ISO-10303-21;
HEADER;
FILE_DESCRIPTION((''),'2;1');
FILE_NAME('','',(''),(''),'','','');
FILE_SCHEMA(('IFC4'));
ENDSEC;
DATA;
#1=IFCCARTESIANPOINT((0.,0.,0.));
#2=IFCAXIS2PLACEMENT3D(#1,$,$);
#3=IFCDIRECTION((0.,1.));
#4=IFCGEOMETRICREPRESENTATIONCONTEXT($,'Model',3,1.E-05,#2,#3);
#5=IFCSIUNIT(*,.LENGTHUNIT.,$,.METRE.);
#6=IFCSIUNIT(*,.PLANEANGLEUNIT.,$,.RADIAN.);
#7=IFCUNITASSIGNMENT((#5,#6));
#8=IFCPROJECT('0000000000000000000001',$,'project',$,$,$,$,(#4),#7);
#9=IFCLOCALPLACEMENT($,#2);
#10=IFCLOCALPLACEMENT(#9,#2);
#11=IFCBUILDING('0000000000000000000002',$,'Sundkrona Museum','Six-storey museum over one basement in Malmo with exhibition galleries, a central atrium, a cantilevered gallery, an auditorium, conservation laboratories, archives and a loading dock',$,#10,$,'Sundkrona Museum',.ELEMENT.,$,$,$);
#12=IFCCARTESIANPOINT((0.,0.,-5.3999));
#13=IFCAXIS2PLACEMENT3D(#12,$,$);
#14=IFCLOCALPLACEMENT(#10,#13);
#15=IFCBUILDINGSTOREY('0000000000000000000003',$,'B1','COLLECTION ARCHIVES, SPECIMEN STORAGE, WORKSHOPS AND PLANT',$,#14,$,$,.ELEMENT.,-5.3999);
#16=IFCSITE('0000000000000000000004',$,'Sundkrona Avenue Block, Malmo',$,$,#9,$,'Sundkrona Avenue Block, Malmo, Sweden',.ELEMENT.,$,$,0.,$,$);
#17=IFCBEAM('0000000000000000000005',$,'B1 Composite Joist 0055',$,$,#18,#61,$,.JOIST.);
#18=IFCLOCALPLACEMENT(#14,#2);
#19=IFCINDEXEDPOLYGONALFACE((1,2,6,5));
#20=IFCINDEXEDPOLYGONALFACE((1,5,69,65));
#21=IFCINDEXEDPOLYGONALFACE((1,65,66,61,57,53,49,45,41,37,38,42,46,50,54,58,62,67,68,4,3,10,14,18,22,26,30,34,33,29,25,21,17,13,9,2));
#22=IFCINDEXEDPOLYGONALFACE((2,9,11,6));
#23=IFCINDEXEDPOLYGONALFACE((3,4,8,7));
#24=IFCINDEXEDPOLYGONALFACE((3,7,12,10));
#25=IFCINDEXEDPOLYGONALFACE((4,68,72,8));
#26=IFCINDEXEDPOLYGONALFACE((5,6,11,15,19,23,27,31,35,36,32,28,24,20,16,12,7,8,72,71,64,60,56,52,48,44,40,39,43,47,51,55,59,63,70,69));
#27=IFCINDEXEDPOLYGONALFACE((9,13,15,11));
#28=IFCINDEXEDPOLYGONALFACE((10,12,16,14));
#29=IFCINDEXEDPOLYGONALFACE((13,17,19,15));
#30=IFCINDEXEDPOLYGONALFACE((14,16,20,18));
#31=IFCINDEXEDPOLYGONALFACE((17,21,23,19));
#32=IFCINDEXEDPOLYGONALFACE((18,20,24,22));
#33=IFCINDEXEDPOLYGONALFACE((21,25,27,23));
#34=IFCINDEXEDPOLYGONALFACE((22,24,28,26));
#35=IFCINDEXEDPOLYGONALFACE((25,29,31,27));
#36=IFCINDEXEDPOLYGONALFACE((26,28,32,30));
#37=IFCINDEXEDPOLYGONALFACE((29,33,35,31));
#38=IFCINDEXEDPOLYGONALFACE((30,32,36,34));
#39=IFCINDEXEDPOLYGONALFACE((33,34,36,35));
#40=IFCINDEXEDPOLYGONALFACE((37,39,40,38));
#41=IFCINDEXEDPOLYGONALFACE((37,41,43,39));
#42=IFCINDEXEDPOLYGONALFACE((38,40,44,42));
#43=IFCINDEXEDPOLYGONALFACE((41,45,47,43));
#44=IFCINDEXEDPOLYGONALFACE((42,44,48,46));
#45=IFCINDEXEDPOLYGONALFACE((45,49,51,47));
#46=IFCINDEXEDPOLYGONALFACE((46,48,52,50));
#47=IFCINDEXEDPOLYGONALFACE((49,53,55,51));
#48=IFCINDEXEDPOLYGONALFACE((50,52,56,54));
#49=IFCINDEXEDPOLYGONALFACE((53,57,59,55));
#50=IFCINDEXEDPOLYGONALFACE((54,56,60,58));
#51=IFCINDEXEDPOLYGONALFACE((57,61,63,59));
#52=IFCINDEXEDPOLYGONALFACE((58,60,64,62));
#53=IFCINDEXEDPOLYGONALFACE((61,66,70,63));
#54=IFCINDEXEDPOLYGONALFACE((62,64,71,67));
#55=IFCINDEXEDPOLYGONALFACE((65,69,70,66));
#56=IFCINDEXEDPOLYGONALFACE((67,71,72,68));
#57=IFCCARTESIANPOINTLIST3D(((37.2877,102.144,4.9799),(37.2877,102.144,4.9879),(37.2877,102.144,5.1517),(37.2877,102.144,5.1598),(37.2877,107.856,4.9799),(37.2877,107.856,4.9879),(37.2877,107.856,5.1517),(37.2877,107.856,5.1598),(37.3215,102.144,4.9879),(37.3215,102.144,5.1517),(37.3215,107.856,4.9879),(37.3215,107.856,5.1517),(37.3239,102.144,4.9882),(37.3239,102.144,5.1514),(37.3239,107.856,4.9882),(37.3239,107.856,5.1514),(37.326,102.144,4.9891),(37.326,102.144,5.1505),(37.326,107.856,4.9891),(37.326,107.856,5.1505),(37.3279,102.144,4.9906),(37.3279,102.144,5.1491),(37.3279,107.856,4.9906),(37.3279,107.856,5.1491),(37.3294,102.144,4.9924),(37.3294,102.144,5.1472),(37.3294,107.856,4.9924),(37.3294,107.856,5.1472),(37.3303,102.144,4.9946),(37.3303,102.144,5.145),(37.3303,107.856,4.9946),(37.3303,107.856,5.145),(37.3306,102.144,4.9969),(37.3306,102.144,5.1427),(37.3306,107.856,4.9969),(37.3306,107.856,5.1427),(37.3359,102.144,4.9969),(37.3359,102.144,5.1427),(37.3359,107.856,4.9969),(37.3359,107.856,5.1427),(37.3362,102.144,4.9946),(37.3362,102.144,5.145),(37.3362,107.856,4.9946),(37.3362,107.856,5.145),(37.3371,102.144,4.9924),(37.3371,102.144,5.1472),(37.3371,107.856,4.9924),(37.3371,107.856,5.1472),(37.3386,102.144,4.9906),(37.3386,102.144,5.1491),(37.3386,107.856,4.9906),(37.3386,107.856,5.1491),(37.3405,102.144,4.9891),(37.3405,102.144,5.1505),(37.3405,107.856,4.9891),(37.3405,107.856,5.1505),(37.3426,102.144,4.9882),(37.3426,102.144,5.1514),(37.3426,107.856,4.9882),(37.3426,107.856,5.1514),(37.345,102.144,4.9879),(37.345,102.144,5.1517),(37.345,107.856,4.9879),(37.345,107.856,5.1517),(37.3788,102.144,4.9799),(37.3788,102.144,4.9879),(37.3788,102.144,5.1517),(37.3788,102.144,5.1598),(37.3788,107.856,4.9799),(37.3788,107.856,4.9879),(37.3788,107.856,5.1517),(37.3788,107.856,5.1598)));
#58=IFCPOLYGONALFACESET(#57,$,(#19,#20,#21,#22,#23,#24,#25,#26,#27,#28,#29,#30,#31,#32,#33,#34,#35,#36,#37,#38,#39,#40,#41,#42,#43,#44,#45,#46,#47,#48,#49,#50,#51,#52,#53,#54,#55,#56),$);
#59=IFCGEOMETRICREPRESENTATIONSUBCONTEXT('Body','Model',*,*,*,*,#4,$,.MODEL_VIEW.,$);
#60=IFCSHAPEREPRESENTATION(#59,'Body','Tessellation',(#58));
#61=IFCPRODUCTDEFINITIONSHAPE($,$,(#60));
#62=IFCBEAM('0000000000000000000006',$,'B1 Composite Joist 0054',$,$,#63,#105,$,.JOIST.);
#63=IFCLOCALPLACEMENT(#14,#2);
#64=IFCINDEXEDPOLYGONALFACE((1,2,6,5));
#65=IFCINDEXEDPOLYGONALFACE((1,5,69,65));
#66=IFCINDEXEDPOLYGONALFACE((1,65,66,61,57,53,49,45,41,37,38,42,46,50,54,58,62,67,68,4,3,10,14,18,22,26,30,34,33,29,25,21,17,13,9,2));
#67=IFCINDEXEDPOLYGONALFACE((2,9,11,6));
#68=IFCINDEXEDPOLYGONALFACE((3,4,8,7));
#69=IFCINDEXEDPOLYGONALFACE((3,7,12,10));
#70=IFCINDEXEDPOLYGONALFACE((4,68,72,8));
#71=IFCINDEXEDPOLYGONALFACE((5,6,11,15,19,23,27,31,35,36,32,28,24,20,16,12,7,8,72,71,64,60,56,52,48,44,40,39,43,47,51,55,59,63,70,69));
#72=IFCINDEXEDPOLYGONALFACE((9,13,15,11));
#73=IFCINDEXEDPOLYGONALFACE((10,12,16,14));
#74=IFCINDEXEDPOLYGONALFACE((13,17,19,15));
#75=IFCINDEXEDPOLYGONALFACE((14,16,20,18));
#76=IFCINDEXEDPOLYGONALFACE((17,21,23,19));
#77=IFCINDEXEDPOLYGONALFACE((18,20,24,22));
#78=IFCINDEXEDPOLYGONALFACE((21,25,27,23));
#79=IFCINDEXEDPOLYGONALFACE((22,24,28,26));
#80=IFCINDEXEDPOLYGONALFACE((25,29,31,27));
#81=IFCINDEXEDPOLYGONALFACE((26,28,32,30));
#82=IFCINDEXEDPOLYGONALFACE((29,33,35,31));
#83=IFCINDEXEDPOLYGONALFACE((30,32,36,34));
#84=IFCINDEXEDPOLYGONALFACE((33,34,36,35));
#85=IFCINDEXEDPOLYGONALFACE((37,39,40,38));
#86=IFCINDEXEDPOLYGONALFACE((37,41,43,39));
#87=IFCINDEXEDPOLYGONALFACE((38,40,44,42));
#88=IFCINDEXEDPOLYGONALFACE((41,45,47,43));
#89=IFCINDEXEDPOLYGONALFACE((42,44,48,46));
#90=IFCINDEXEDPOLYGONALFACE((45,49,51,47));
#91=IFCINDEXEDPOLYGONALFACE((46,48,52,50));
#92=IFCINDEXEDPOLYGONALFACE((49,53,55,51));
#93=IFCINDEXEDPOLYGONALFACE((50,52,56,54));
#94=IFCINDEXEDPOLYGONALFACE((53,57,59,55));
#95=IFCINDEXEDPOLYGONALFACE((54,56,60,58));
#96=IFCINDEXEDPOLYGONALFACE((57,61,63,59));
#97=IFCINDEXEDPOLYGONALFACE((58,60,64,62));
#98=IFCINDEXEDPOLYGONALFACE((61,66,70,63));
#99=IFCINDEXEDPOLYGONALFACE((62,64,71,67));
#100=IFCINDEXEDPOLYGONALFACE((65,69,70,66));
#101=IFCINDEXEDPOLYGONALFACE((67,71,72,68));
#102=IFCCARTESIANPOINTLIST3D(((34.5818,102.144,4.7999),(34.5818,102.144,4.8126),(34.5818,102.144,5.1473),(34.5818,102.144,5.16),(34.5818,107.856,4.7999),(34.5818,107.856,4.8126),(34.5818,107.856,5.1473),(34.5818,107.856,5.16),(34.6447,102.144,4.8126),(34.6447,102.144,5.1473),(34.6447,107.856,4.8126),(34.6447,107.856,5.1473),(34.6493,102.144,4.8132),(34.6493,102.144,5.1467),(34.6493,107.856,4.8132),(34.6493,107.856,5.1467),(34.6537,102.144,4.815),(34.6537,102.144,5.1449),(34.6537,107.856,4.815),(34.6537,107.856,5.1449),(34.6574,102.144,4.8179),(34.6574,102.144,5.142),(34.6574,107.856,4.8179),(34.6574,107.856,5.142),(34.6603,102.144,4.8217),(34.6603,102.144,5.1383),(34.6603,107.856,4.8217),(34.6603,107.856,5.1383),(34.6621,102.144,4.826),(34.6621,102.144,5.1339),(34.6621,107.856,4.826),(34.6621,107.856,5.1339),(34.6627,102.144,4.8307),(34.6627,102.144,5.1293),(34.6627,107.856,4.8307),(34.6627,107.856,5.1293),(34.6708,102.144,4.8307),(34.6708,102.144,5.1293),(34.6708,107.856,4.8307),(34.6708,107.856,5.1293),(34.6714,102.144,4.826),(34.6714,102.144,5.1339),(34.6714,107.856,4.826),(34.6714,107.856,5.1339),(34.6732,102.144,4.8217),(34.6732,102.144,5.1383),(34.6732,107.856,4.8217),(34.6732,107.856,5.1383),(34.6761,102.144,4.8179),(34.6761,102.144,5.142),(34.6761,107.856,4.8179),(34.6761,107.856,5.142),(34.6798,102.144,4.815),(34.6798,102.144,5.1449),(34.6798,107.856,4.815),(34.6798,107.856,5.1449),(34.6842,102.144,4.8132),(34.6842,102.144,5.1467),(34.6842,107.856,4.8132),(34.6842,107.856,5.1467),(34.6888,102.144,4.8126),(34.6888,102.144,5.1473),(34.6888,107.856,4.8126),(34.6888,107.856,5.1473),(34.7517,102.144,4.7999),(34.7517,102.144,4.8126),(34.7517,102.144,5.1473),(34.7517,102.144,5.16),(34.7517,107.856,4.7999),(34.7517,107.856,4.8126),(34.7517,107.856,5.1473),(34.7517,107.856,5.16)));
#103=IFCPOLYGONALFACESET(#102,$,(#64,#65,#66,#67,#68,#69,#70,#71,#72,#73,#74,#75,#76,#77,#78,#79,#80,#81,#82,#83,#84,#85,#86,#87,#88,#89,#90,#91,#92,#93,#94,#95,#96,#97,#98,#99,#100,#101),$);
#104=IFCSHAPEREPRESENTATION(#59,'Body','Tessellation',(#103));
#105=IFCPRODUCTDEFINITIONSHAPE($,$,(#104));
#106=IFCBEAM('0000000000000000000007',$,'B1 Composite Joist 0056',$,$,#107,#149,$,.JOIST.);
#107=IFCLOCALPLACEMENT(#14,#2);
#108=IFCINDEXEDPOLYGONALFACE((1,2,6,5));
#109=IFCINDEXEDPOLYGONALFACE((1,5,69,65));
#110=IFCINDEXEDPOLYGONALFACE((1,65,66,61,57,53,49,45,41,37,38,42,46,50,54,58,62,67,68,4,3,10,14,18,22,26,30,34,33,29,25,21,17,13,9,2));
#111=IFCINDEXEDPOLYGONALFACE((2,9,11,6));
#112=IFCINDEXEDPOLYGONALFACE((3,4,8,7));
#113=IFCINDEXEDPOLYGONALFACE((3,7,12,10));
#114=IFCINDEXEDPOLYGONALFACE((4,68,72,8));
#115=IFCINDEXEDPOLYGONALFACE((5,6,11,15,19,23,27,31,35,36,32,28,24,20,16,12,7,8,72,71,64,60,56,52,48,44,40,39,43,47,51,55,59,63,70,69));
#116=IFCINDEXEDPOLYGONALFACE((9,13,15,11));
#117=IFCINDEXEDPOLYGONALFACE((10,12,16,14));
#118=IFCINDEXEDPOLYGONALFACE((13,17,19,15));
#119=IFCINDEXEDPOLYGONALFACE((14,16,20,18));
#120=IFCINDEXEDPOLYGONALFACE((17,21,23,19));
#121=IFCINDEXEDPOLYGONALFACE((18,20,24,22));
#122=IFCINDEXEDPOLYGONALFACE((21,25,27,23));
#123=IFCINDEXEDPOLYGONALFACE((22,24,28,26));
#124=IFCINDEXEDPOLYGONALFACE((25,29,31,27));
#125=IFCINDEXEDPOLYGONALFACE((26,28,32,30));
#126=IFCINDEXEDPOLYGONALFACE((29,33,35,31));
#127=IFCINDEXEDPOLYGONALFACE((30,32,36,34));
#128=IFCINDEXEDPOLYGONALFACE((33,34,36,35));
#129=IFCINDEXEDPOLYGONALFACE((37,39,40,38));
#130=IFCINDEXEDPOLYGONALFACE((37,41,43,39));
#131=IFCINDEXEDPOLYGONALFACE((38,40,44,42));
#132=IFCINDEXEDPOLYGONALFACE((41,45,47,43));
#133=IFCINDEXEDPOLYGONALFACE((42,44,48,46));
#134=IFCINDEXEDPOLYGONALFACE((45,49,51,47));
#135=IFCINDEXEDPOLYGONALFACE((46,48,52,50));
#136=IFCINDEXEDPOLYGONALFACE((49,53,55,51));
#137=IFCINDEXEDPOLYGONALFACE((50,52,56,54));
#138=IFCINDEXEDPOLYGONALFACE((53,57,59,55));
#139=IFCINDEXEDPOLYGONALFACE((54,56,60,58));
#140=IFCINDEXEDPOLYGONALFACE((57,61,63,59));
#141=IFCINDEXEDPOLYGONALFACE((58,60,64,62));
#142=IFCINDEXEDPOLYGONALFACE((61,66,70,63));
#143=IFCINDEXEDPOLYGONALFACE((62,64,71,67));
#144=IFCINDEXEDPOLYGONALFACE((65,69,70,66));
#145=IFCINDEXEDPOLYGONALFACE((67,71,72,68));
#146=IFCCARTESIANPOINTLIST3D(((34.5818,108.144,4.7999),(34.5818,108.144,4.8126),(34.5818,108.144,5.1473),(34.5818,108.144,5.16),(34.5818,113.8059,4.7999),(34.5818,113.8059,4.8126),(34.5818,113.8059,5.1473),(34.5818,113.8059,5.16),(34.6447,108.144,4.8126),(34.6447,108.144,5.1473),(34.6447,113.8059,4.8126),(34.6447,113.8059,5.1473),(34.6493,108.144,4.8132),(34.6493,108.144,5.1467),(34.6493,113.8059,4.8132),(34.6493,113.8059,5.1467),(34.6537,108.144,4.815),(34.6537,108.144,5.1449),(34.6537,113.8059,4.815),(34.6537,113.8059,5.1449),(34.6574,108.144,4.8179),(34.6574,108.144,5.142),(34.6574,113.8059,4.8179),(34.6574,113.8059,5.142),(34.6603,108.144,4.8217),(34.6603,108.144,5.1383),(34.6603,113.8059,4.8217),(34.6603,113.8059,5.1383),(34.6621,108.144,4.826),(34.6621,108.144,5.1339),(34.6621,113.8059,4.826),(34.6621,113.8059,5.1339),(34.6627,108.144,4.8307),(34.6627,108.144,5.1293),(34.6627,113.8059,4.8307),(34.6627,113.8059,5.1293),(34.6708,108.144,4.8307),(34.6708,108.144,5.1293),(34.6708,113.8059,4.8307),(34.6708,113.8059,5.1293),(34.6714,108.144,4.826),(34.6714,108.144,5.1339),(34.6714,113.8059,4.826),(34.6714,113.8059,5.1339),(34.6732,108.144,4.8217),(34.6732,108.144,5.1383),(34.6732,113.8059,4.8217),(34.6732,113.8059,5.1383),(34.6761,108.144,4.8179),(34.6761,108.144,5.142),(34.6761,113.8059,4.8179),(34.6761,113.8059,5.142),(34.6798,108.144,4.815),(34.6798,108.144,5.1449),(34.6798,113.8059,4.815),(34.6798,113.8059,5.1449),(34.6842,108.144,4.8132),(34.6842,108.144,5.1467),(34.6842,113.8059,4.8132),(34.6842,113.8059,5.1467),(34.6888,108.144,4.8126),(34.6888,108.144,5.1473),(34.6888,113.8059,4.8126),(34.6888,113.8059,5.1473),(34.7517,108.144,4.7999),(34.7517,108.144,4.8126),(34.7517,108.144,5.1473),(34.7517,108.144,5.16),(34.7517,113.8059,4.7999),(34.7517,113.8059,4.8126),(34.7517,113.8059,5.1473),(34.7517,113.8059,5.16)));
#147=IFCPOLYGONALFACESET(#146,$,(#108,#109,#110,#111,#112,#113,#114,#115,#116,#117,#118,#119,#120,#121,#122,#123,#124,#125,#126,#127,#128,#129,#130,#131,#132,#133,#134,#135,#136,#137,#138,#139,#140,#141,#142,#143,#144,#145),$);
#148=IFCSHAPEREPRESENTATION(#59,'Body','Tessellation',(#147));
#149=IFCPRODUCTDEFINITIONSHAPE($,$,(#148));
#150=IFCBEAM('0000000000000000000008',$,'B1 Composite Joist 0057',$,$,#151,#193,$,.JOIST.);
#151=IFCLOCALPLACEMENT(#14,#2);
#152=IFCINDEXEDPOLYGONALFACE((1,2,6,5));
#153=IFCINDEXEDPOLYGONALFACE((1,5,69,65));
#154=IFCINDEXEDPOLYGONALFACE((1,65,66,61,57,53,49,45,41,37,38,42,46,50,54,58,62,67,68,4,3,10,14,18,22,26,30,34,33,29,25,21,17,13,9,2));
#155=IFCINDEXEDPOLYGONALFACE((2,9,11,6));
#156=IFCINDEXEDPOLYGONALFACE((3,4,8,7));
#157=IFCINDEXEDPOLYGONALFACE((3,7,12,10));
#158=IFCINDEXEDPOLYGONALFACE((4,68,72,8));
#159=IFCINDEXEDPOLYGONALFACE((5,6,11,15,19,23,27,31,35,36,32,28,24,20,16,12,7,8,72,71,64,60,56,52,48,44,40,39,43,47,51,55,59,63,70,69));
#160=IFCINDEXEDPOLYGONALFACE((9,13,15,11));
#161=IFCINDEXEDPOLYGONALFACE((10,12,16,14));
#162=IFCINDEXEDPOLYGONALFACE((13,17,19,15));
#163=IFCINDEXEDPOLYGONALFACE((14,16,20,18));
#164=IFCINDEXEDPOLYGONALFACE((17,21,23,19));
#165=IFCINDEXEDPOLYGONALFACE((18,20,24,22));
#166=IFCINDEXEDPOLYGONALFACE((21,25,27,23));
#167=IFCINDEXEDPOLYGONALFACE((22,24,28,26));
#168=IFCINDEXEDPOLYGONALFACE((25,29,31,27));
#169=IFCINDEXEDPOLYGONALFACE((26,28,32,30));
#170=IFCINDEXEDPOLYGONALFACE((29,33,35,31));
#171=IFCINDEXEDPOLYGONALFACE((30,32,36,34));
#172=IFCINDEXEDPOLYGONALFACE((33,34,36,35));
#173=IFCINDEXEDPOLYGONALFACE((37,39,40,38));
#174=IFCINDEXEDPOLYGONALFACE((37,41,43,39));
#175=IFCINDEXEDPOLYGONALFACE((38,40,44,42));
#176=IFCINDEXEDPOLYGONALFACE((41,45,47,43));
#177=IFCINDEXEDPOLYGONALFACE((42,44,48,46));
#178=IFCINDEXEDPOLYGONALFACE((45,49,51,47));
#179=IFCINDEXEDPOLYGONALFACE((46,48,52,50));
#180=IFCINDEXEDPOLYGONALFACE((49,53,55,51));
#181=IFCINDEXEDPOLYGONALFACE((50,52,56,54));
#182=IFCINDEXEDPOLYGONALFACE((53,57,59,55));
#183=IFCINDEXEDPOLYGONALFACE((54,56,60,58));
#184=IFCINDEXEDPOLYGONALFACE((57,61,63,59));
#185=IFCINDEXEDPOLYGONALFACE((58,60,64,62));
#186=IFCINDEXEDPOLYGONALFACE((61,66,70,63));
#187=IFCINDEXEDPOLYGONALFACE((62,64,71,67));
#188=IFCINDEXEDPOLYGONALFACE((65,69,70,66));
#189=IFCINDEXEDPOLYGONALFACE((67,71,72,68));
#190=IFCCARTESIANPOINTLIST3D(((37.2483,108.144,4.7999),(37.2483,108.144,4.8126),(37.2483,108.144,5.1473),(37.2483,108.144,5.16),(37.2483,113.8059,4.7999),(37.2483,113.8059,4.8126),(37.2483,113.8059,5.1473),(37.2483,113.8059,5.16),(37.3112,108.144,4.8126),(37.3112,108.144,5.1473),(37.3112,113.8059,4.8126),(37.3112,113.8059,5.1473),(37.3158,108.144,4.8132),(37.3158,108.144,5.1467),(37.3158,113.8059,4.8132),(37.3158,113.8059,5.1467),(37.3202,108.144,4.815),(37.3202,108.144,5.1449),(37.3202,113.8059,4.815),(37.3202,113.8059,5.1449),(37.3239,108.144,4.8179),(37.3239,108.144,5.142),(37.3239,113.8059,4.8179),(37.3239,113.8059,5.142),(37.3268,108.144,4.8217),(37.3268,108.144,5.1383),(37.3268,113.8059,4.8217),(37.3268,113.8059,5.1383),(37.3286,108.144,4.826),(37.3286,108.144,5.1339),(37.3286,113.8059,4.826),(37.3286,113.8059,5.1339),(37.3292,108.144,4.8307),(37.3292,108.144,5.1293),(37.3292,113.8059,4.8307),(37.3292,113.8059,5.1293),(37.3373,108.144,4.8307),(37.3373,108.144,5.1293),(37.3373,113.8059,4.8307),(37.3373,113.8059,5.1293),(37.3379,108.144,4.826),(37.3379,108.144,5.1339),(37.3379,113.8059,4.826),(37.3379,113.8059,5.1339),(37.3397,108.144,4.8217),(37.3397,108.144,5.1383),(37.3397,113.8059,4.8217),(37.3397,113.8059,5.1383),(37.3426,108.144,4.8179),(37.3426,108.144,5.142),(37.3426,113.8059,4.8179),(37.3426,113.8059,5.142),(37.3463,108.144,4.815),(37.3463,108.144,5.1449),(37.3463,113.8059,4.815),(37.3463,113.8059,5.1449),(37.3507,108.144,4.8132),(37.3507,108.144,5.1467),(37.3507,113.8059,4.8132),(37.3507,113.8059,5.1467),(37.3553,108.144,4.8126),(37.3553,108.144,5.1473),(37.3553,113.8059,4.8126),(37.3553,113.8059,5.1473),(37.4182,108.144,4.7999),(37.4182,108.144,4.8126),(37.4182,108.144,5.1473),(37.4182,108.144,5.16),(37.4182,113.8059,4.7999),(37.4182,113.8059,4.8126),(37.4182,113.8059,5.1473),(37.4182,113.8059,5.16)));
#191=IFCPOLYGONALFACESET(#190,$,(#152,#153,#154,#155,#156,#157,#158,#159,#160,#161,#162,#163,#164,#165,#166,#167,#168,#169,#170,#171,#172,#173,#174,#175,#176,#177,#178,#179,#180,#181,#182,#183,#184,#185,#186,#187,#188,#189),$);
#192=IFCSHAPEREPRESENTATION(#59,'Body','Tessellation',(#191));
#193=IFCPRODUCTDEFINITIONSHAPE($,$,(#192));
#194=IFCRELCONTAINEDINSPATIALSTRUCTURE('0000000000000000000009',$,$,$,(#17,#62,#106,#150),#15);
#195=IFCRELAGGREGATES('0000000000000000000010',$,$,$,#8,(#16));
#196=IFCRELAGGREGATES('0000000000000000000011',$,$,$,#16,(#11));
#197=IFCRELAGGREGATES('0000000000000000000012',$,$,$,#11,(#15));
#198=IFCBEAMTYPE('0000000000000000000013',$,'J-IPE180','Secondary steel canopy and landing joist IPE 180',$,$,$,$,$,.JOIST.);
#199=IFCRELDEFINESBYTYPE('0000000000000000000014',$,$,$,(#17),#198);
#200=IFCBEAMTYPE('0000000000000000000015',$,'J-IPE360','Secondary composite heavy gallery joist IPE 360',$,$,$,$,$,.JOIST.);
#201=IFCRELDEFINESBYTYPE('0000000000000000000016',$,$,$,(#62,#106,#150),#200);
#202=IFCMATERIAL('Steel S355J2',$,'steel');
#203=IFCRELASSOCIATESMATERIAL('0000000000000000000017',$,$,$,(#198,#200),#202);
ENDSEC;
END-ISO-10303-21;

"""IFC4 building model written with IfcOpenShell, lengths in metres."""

from ifc_helpers import new_model, si_unit, direction, frame, origin, origin_2d, place, context, subcontext, project, spatial, i_section, extrude, material, material_profile, profile_set, type_object, element, save


model = new_model("IFC4")

# Units and contexts
model_context = context("Model", 3, precision=1e-05, world=origin(), true_north=direction((0.0, 1.0)))
body_context = subcontext(model_context, "Body", "Model", "MODEL_VIEW")
ifc_project = project(units=[si_unit("LENGTHUNIT", "METRE"), si_unit("PLANEANGLEUNIT", "RADIAN")], contexts=[model_context])

# Site, building, storey
site_placement = place(None, origin())
site = spatial("IfcSite", under=ifc_project, at=site_placement, Name="Sundkrona Avenue Block, Malmo", LongName="Sundkrona Avenue Block, Malmo, Sweden", CompositionType="ELEMENT", RefElevation=0.0)
building_placement = place(site_placement, origin())
building = spatial("IfcBuilding", under=site, at=building_placement, Name="Sundkrona Museum", Description="Six-storey museum over one basement in Malmo with exhibition galleries, a central atrium, a cantilevered gallery, an auditorium, conservation laboratories, archives and a loading dock", LongName="Sundkrona Museum", CompositionType="ELEMENT")
storey_placement = place(building_placement, frame((0.0, 0.0, -5.3999)))
storey = spatial("IfcBuildingStorey", under=building, at=storey_placement, Name="B1", Description="COLLECTION ARCHIVES, SPECIMEN STORAGE, WORKSHOPS AND PLANT", CompositionType="ELEMENT", Elevation=-5.3999)

# Shared definitions
ifc_material_1 = material(Name="Steel S355J2", Category="steel")

# Beams
ifc_material_profile_1 = material_profile(ifc_material_1, i_section(OverallWidth=0.0911, OverallDepth=0.1799, WebThickness=0.0054, FlangeThickness=0.0081, FilletRadius=0.009, at=origin_2d()), Name="IPE 180")
ifc_profile_set_1 = profile_set([ifc_material_profile_1], Name="Steel S355J2")
beam_type_1 = type_object("IfcBeamType", Name="J-IPE180", Description="Secondary steel canopy and landing joist IPE 180", PredefinedType="JOIST", material=ifc_profile_set_1)
beam_1_placement = place(storey_placement, frame((37.3333, 102.144, 5.0698), z_axis=(0.0, 1.0, 0.0), x_axis=(-1.0, 0.0, 0.0)))
element("IfcBeam", 1, at=beam_1_placement, inside=storey, type_object=beam_type_1, Name="B1 Composite Joist 0055", PredefinedType="JOIST", context=body_context, shape_type="SweptSolid", body=[
    extrude(i_section(OverallWidth=0.0911, OverallDepth=0.1799, WebThickness=0.0054, FlangeThickness=0.0081, FilletRadius=0.009, at=origin_2d()), origin(), (0.0, 0.0, 1.0), 5.7119),
])
ifc_material_profile_2 = material_profile(ifc_material_1, i_section(OverallWidth=0.1699, OverallDepth=0.3601, WebThickness=0.0081, FlangeThickness=0.0127, FilletRadius=0.0181, at=origin_2d()), Name="IPE 360")
ifc_profile_set_2 = profile_set([ifc_material_profile_2], Name="Steel S355J2")
beam_type_2 = type_object("IfcBeamType", Name="J-IPE360", Description="Secondary composite heavy gallery joist IPE 360", PredefinedType="JOIST", material=ifc_profile_set_2)
beam_2_placement = place(storey_placement, frame((34.6667, 102.144, 4.98), z_axis=(0.0, 1.0, 0.0), x_axis=(-1.0, 0.0, 0.0)))
element("IfcBeam", 2, at=beam_2_placement, inside=storey, type_object=beam_type_2, Name="B1 Composite Joist 0054", PredefinedType="JOIST", context=body_context, shape_type="SweptSolid", body=[
    extrude(i_section(OverallWidth=0.1699, OverallDepth=0.3601, WebThickness=0.0081, FlangeThickness=0.0127, FilletRadius=0.0181, at=origin_2d()), origin(), (0.0, 0.0, 1.0), 5.7119),
])
for number, where, z_axis, x_axis, name in (
    (3, (34.6667, 108.144, 4.98), (0.0, 1.0, 0.0), (-1.0, 0.0, 0.0), "B1 Composite Joist 0056"),
    (4, (37.3333, 108.144, 4.98), (0.0, 1.0, 0.0), (-1.0, 0.0, 0.0), "B1 Composite Joist 0057"),
):
    element("IfcBeam", number, at=place(storey_placement, frame(where, z_axis=z_axis, x_axis=x_axis)), inside=storey, type_object=beam_type_2, Name=name, PredefinedType="JOIST", context=body_context, shape_type="SweptSolid", body=[
        extrude(i_section(OverallWidth=0.1699, OverallDepth=0.3601, WebThickness=0.0081, FlangeThickness=0.0127, FilletRadius=0.0181, at=origin_2d()), origin(), (0.0, 0.0, 1.0), 5.6619),
    ])

save(model, "model.ifc")
